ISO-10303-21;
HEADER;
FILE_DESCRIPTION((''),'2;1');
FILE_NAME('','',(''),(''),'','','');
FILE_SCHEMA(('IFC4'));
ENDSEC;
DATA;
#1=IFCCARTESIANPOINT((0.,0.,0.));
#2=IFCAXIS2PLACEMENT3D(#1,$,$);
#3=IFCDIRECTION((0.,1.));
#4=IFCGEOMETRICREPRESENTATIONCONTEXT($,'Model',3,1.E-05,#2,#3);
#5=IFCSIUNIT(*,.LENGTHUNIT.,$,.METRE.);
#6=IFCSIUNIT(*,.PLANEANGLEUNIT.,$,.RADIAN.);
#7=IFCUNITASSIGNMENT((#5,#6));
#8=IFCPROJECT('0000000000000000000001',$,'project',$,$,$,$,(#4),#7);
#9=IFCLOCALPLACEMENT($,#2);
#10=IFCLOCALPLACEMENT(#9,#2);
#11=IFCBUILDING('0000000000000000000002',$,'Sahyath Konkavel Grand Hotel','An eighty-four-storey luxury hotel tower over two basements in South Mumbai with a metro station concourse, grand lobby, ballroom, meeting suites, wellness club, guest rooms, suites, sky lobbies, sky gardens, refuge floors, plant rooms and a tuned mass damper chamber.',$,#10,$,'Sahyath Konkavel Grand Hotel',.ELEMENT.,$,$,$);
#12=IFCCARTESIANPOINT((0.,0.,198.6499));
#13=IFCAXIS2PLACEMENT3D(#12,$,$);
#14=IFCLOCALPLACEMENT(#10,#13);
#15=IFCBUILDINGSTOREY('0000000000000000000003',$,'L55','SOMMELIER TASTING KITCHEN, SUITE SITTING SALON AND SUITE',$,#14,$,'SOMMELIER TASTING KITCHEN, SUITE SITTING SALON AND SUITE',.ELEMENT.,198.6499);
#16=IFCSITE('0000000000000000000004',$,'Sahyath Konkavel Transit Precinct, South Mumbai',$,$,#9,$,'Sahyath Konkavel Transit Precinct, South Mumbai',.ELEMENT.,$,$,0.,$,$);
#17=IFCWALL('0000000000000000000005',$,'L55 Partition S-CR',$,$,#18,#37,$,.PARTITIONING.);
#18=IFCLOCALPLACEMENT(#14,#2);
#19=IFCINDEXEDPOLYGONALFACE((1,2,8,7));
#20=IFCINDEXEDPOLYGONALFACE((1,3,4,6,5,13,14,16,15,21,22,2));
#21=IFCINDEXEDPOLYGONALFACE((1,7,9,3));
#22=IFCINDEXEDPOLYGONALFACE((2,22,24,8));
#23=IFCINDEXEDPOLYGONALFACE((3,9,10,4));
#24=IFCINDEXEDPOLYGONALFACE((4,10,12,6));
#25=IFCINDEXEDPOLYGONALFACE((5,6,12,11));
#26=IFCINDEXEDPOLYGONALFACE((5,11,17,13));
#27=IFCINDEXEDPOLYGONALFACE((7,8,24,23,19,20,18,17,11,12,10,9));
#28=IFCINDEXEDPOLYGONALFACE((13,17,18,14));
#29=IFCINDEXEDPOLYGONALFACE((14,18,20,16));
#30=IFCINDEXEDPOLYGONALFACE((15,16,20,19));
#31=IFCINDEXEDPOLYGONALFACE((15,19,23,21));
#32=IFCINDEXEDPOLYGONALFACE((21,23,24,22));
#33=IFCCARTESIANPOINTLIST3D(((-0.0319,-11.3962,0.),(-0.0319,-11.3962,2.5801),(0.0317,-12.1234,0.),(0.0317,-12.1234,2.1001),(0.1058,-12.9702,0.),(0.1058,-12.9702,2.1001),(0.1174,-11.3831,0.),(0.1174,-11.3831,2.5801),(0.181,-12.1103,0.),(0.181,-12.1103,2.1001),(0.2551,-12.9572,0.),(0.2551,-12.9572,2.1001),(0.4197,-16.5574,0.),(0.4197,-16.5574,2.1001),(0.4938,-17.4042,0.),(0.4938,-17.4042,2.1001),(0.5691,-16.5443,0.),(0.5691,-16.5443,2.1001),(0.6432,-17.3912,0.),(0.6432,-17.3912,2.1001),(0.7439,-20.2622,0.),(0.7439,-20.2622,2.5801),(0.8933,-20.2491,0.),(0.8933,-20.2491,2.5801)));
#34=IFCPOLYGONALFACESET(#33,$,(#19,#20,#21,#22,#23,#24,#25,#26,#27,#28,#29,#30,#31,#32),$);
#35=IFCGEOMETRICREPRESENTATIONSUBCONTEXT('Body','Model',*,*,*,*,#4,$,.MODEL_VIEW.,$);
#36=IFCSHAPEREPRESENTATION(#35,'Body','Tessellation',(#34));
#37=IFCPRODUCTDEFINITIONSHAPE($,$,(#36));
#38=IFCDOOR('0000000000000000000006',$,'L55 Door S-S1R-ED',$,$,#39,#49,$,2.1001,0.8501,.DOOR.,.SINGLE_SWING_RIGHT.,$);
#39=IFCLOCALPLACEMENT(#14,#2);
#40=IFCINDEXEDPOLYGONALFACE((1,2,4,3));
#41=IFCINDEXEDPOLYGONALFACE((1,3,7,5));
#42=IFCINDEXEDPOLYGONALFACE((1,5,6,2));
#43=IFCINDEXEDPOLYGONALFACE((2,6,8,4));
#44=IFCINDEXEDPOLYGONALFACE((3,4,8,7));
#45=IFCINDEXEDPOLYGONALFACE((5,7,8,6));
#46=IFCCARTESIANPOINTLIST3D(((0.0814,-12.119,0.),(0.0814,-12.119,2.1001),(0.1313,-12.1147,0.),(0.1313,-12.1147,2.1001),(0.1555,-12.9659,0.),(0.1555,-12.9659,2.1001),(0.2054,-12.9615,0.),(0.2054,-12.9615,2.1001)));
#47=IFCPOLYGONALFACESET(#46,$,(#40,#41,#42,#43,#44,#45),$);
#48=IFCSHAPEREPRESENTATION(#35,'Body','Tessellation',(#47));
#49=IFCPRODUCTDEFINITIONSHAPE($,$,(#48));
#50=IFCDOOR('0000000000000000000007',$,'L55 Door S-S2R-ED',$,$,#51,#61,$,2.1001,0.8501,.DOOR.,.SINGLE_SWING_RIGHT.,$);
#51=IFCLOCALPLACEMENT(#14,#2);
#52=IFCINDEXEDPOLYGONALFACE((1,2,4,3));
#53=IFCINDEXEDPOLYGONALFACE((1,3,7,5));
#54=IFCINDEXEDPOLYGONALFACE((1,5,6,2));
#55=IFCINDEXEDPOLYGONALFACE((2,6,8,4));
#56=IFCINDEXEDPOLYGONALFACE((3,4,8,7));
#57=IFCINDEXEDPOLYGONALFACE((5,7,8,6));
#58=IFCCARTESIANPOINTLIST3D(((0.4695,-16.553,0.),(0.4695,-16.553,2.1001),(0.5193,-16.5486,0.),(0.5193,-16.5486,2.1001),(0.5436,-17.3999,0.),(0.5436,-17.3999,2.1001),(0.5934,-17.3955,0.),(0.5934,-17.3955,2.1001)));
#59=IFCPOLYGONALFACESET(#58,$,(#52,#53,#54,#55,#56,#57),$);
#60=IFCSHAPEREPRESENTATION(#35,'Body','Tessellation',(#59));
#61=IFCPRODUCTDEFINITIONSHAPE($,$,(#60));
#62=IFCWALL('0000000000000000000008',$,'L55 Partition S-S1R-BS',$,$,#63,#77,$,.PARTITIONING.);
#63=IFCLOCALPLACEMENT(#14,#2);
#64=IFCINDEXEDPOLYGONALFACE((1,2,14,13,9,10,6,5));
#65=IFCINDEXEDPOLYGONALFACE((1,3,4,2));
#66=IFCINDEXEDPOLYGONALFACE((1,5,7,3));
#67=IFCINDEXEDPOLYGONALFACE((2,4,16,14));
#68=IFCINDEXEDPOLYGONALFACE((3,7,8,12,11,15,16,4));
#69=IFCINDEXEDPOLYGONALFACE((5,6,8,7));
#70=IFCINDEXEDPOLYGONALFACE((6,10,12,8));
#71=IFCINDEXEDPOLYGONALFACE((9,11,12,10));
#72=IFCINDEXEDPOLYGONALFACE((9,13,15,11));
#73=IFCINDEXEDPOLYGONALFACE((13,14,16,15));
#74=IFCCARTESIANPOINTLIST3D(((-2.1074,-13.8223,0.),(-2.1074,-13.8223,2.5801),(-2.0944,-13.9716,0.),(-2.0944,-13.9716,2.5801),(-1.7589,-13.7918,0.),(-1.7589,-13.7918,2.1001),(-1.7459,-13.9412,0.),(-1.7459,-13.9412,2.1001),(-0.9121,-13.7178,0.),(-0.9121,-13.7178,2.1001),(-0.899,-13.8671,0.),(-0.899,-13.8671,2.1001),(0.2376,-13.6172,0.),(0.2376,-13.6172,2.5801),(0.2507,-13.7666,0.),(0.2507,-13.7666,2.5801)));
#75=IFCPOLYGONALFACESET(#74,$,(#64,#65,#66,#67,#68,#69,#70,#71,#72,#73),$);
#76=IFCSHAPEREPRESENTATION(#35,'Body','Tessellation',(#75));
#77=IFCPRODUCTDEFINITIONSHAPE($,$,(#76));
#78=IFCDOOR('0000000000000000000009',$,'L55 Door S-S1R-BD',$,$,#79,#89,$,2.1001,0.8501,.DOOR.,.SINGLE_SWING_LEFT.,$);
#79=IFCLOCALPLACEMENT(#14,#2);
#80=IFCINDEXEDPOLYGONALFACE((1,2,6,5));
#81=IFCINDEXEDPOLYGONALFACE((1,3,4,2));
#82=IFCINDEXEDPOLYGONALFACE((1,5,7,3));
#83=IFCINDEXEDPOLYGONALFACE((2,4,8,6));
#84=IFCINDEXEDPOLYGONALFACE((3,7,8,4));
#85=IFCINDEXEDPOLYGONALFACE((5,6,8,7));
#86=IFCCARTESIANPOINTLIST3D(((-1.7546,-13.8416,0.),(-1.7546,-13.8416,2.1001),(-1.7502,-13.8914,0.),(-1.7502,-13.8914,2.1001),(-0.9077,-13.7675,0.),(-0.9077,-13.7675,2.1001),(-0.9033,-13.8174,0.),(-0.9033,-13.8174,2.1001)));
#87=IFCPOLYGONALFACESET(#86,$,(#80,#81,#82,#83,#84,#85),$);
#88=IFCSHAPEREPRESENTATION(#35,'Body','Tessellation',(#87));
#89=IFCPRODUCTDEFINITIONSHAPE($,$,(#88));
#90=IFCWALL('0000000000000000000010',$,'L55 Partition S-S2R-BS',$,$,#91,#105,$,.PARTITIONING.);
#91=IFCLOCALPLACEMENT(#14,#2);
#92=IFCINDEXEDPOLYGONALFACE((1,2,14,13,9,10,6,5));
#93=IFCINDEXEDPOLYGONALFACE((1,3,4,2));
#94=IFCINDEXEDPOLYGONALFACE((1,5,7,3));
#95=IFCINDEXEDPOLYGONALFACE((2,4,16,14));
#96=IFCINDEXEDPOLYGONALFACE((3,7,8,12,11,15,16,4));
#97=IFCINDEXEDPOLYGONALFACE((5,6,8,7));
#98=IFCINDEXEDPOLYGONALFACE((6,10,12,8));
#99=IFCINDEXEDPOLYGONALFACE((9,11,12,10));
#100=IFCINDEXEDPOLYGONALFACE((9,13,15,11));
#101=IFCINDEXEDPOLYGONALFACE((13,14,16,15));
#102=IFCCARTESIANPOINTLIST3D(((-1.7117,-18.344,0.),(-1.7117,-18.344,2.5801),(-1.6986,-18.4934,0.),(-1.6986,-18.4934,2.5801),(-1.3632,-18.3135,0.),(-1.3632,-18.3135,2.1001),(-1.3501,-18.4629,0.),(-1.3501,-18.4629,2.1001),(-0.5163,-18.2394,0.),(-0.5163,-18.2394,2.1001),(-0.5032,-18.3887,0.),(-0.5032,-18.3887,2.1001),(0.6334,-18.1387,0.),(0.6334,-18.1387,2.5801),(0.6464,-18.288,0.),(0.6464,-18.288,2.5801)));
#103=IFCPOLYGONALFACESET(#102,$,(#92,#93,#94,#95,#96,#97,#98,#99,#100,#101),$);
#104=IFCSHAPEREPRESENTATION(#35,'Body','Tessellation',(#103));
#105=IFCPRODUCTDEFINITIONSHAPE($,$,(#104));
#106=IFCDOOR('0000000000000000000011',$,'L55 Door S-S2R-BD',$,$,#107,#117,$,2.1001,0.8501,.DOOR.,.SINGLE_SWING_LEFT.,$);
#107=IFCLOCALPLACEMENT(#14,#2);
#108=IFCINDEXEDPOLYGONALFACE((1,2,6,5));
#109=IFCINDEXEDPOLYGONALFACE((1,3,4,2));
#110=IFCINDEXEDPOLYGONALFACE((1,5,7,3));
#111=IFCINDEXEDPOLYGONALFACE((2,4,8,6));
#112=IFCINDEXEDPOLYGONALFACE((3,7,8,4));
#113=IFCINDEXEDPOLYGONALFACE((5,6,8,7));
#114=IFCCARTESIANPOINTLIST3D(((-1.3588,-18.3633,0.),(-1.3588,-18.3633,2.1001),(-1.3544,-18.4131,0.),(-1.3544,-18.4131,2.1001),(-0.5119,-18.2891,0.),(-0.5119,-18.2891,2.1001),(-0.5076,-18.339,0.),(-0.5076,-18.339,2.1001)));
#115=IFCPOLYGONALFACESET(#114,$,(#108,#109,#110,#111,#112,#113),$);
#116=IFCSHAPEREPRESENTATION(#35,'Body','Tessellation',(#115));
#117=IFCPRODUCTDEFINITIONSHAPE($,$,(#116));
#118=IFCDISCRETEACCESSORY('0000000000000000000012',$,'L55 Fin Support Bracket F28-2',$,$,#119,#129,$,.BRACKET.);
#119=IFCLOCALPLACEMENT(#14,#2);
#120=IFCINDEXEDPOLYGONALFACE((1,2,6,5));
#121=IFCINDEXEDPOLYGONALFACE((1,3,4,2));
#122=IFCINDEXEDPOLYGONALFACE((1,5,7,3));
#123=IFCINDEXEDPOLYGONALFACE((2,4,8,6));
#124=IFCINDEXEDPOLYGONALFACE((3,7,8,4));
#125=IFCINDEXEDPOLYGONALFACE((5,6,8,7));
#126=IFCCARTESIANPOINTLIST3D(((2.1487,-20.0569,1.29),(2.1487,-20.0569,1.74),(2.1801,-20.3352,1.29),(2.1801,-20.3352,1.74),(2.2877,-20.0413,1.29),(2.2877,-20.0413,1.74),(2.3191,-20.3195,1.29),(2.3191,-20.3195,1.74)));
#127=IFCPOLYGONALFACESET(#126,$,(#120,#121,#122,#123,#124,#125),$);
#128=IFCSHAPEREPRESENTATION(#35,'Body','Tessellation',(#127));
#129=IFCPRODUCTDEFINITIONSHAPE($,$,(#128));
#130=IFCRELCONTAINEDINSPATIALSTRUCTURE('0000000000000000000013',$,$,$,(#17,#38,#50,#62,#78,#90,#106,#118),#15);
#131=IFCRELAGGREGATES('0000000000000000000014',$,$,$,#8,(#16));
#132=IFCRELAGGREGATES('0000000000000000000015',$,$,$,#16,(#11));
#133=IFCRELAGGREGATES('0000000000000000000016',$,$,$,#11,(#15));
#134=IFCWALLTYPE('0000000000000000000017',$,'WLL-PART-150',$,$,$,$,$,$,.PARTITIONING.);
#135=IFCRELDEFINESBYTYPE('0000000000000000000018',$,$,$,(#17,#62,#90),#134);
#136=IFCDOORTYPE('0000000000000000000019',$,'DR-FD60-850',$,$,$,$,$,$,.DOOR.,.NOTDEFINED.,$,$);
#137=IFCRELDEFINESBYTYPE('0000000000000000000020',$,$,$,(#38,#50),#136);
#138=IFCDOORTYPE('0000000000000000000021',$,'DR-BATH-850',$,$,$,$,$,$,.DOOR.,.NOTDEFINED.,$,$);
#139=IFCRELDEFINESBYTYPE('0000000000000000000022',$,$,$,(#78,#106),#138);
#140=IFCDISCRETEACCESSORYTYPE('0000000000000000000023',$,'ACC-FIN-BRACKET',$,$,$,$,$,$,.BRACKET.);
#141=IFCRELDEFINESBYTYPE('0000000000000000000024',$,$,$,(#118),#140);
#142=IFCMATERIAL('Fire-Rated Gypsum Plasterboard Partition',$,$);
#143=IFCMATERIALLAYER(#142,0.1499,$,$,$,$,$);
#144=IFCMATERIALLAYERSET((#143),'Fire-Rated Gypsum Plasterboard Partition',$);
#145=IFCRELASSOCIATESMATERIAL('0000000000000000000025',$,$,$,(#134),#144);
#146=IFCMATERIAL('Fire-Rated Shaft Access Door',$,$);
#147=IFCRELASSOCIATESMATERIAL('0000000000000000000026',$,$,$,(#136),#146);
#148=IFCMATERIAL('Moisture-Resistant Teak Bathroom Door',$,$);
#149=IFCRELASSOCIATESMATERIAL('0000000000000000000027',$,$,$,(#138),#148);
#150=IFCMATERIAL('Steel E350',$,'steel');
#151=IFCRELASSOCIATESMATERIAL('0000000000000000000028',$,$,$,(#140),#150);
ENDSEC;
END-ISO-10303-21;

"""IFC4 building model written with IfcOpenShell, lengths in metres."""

from ifc_helpers import new_model, si_unit, direction, frame, frame_2d, origin, origin_2d, place, context, subcontext, project, spatial, rectangle, extrude, source, transform, mapped, material, layer, layer_set, type_object, element, fill, save


model = new_model("IFC4")

# Units and contexts
model_context = context("Model", 3, precision=1e-05, world=origin(), true_north=direction((0.0, 1.0)))
body_context = subcontext(model_context, "Body", "Model", "MODEL_VIEW")
ifc_project = project(units=[si_unit("LENGTHUNIT", "METRE"), si_unit("PLANEANGLEUNIT", "RADIAN")], contexts=[model_context])

# Site, building, storey
site_placement = place(None, origin())
site = spatial("IfcSite", under=ifc_project, at=site_placement, Name="Sahyath Konkavel Transit Precinct, South Mumbai", LongName="Sahyath Konkavel Transit Precinct, South Mumbai", CompositionType="ELEMENT", RefElevation=0.0)
building_placement = place(site_placement, origin())
building = spatial("IfcBuilding", under=site, at=building_placement, Name="Sahyath Konkavel Grand Hotel", Description="An eighty-four-storey luxury hotel tower over two basements in South Mumbai with a metro station concourse, grand lobby, ballroom, meeting suites, wellness club, guest rooms, suites, sky lobbies, sky gardens, refuge floors, plant rooms and a tuned mass damper chamber.", LongName="Sahyath Konkavel Grand Hotel", CompositionType="ELEMENT")
storey_placement = place(building_placement, frame((0.0, 0.0, 198.6499)))
storey = spatial("IfcBuildingStorey", under=building, at=storey_placement, Name="L55", Description="SOMMELIER TASTING KITCHEN, SUITE SITTING SALON AND SUITE", LongName="SOMMELIER TASTING KITCHEN, SUITE SITTING SALON AND SUITE", CompositionType="ELEMENT", Elevation=198.6499)

# Shared definitions
ifc_material_1 = material(Name="Steel E350", Category="steel")

# Wall, openings, doors
ifc_material_2 = material(Name="Fire-Rated Gypsum Plasterboard Partition")
ifc_layer_1 = layer(ifc_material_2, 0.1499)
ifc_layer_set_1 = layer_set([ifc_layer_1], Name="Fire-Rated Gypsum Plasterboard Partition")
wall_type_1 = type_object("IfcWallType", Name="WLL-PART-150", PredefinedType="PARTITIONING", material=ifc_layer_set_1)
ifc_material_3 = material(Name="Fire-Rated Shaft Access Door")
door_type_1 = type_object("IfcDoorType", Name="DR-FD60-850", OperationType="NOTDEFINED", PredefinedType="DOOR", material=ifc_material_3)
shared_shape_1 = source(origin(), body_context, "Body", "SweptSolid", [
    extrude(rectangle(XDim=0.8501, YDim=0.05, at=origin_2d()), origin(), (0.0, 0.0, 1.0), 2.1001),
])
wall_1_placement = place(storey_placement, frame((0.0427, -11.3896, 0.0), z_axis=(0.0, 0.0, 1.0), x_axis=(0.087179, -0.996193, 0.0)))
wall_1 = element("IfcWall", 1, at=wall_1_placement, inside=storey, type_object=wall_type_1, Name="L55 Partition S-CR", PredefinedType="PARTITIONING", context=body_context, shape_type="SweptSolid", body=[
    extrude(rectangle(XDim=8.8999, YDim=0.1499, at=frame_2d((4.45, 0.0))), origin(), (0.0, 0.0, 1.0), 2.5801),
])
opening_1_placement = place(wall_1_placement, frame((0.73, 0.0, 0.0)))
opening_1 = element("IfcOpeningElement", 2, at=opening_1_placement, cuts=wall_1, PredefinedType="OPENING", context=body_context, shape_type="SweptSolid", body=[
    extrude(rectangle(XDim=0.8501, YDim=2.1001, at=frame_2d((0.425, 1.05))), frame((0.0, 0.085, 0.0), z_axis=(0.0, -1.0, 0.0), x_axis=(1.0, 0.0, 0.0)), (0.0, 0.0, 1.0), 0.1699),
])
opening_2_placement = place(wall_1_placement, frame((5.1809, 0.0, 0.0)))
opening_2 = element("IfcOpeningElement", 3, at=opening_2_placement, cuts=wall_1, PredefinedType="OPENING", context=body_context, shape_type="SweptSolid", body=[
    extrude(rectangle(XDim=0.8501, YDim=2.1001, at=frame_2d((0.425, 1.05))), frame((0.0, 0.085, 0.0), z_axis=(0.0, -1.0, 0.0), x_axis=(1.0, 0.0, 0.0)), (0.0, 0.0, 1.0), 0.1699),
])
door_1_placement = place(opening_1_placement, frame((0.425, 0.0, 0.0)))
door_1 = element("IfcDoor", 4, at=door_1_placement, inside=storey, type_object=door_type_1, Name="L55 Door S-S1R-ED", OperationType="SINGLE_SWING_RIGHT", OverallHeight=2.1001, OverallWidth=0.8501, PredefinedType="DOOR", context=body_context, shape_type="MappedRepresentation", body=[
    mapped(shared_shape_1, transform((0.0, 0.0, 0.0), scale=1.0)),
])
fill(opening_1, door_1)
door_2_placement = place(opening_2_placement, frame((0.425, 0.0, 0.0)))
door_2 = element("IfcDoor", 5, at=door_2_placement, inside=storey, type_object=door_type_1, Name="L55 Door S-S2R-ED", OperationType="SINGLE_SWING_RIGHT", OverallHeight=2.1001, OverallWidth=0.8501, PredefinedType="DOOR", context=body_context, shape_type="MappedRepresentation", body=[
    mapped(shared_shape_1, transform((0.0, 0.0, 0.0), scale=1.0)),
])
fill(opening_2, door_2)

# Walls, openings, doors
wall_2_placement = place(storey_placement, frame((0.2441, -13.6919, 0.0), z_axis=(0.0, 0.0, 1.0), x_axis=(-0.996198, -0.087122, 0.0)))
wall_2 = element("IfcWall", 6, at=wall_2_placement, inside=storey, type_object=wall_type_1, Name="L55 Partition S-S1R-BS", PredefinedType="PARTITIONING", context=body_context, shape_type="SweptSolid", body=[
    extrude(rectangle(XDim=2.354, YDim=0.1499, at=frame_2d((1.177, 0.0))), origin(), (0.0, 0.0, 1.0), 2.5801),
])
opening_3_placement = place(wall_2_placement, frame((1.1541, 0.0, 0.0)))
opening_3 = element("IfcOpeningElement", 7, at=opening_3_placement, cuts=wall_2, PredefinedType="OPENING", context=body_context, shape_type="SweptSolid", body=[
    extrude(rectangle(XDim=0.8501, YDim=2.1001, at=frame_2d((0.425, 1.05))), frame((0.0, 0.085, 0.0), z_axis=(0.0, -1.0, 0.0), x_axis=(1.0, 0.0, 0.0)), (0.0, 0.0, 1.0), 0.1699),
])
ifc_material_4 = material(Name="Moisture-Resistant Teak Bathroom Door")
door_type_2 = type_object("IfcDoorType", Name="DR-BATH-850", OperationType="NOTDEFINED", PredefinedType="DOOR", material=ifc_material_4)
door_3_placement = place(opening_3_placement, frame((0.425, 0.0, 0.0)))
door_3 = element("IfcDoor", 8, at=door_3_placement, inside=storey, type_object=door_type_2, Name="L55 Door S-S1R-BD", OperationType="SINGLE_SWING_LEFT", OverallHeight=2.1001, OverallWidth=0.8501, PredefinedType="DOOR", context=body_context, shape_type="MappedRepresentation", body=[
    mapped(shared_shape_1, transform((0.0, 0.0, 0.0), scale=1.0)),
])
fill(opening_3, door_3)
wall_3_placement = place(storey_placement, frame((0.6399, -18.2134, 0.0), z_axis=(0.0, 0.0, 1.0), x_axis=(-0.996189, -0.087225, 0.0)))
wall_3 = element("IfcWall", 9, at=wall_3_placement, inside=storey, type_object=wall_type_1, Name="L55 Partition S-S2R-BS", PredefinedType="PARTITIONING", context=body_context, shape_type="SweptSolid", body=[
    extrude(rectangle(XDim=2.354, YDim=0.1499, at=frame_2d((1.177, 0.0))), origin(), (0.0, 0.0, 1.0), 2.5801),
])
opening_4_placement = place(wall_3_placement, frame((1.1541, 0.0, 0.0)))
opening_4 = element("IfcOpeningElement", 10, at=opening_4_placement, cuts=wall_3, PredefinedType="OPENING", context=body_context, shape_type="SweptSolid", body=[
    extrude(rectangle(XDim=0.8501, YDim=2.1001, at=frame_2d((0.425, 1.05))), frame((0.0, 0.085, 0.0), z_axis=(0.0, -1.0, 0.0), x_axis=(1.0, 0.0, 0.0)), (0.0, 0.0, 1.0), 0.1699),
])
door_4_placement = place(opening_4_placement, frame((0.425, 0.0, 0.0)))
door_4 = element("IfcDoor", 11, at=door_4_placement, inside=storey, type_object=door_type_2, Name="L55 Door S-S2R-BD", OperationType="SINGLE_SWING_LEFT", OverallHeight=2.1001, OverallWidth=0.8501, PredefinedType="DOOR", context=body_context, shape_type="MappedRepresentation", body=[
    mapped(shared_shape_1, transform((0.0, 0.0, 0.0), scale=1.0)),
])
fill(opening_4, door_4)

# Discrete accessory
discrete_accessory_type = type_object("IfcDiscreteAccessoryType", Name="ACC-FIN-BRACKET", PredefinedType="BRACKET", material=ifc_material_1)
shared_shape_2 = source(origin(), body_context, "Body", "SweptSolid", [
    extrude(rectangle(XDim=0.28, YDim=0.1399, at=origin_2d()), origin(), (0.0, 0.0, 1.0), 0.45),
])
discrete_accessory_placement = place(storey_placement, frame((2.2339, -20.1882, 1.29), z_axis=(0.0, 0.0, 1.0), x_axis=(0.112007, -0.993707, 0.0)))
element("IfcDiscreteAccessory", 12, at=discrete_accessory_placement, inside=storey, type_object=discrete_accessory_type, Name="L55 Fin Support Bracket F28-2", PredefinedType="BRACKET", context=body_context, shape_type="MappedRepresentation", body=[
    mapped(shared_shape_2, transform((0.0, 0.0, 0.0), scale=1.0)),
])

save(model, "model.ifc")
